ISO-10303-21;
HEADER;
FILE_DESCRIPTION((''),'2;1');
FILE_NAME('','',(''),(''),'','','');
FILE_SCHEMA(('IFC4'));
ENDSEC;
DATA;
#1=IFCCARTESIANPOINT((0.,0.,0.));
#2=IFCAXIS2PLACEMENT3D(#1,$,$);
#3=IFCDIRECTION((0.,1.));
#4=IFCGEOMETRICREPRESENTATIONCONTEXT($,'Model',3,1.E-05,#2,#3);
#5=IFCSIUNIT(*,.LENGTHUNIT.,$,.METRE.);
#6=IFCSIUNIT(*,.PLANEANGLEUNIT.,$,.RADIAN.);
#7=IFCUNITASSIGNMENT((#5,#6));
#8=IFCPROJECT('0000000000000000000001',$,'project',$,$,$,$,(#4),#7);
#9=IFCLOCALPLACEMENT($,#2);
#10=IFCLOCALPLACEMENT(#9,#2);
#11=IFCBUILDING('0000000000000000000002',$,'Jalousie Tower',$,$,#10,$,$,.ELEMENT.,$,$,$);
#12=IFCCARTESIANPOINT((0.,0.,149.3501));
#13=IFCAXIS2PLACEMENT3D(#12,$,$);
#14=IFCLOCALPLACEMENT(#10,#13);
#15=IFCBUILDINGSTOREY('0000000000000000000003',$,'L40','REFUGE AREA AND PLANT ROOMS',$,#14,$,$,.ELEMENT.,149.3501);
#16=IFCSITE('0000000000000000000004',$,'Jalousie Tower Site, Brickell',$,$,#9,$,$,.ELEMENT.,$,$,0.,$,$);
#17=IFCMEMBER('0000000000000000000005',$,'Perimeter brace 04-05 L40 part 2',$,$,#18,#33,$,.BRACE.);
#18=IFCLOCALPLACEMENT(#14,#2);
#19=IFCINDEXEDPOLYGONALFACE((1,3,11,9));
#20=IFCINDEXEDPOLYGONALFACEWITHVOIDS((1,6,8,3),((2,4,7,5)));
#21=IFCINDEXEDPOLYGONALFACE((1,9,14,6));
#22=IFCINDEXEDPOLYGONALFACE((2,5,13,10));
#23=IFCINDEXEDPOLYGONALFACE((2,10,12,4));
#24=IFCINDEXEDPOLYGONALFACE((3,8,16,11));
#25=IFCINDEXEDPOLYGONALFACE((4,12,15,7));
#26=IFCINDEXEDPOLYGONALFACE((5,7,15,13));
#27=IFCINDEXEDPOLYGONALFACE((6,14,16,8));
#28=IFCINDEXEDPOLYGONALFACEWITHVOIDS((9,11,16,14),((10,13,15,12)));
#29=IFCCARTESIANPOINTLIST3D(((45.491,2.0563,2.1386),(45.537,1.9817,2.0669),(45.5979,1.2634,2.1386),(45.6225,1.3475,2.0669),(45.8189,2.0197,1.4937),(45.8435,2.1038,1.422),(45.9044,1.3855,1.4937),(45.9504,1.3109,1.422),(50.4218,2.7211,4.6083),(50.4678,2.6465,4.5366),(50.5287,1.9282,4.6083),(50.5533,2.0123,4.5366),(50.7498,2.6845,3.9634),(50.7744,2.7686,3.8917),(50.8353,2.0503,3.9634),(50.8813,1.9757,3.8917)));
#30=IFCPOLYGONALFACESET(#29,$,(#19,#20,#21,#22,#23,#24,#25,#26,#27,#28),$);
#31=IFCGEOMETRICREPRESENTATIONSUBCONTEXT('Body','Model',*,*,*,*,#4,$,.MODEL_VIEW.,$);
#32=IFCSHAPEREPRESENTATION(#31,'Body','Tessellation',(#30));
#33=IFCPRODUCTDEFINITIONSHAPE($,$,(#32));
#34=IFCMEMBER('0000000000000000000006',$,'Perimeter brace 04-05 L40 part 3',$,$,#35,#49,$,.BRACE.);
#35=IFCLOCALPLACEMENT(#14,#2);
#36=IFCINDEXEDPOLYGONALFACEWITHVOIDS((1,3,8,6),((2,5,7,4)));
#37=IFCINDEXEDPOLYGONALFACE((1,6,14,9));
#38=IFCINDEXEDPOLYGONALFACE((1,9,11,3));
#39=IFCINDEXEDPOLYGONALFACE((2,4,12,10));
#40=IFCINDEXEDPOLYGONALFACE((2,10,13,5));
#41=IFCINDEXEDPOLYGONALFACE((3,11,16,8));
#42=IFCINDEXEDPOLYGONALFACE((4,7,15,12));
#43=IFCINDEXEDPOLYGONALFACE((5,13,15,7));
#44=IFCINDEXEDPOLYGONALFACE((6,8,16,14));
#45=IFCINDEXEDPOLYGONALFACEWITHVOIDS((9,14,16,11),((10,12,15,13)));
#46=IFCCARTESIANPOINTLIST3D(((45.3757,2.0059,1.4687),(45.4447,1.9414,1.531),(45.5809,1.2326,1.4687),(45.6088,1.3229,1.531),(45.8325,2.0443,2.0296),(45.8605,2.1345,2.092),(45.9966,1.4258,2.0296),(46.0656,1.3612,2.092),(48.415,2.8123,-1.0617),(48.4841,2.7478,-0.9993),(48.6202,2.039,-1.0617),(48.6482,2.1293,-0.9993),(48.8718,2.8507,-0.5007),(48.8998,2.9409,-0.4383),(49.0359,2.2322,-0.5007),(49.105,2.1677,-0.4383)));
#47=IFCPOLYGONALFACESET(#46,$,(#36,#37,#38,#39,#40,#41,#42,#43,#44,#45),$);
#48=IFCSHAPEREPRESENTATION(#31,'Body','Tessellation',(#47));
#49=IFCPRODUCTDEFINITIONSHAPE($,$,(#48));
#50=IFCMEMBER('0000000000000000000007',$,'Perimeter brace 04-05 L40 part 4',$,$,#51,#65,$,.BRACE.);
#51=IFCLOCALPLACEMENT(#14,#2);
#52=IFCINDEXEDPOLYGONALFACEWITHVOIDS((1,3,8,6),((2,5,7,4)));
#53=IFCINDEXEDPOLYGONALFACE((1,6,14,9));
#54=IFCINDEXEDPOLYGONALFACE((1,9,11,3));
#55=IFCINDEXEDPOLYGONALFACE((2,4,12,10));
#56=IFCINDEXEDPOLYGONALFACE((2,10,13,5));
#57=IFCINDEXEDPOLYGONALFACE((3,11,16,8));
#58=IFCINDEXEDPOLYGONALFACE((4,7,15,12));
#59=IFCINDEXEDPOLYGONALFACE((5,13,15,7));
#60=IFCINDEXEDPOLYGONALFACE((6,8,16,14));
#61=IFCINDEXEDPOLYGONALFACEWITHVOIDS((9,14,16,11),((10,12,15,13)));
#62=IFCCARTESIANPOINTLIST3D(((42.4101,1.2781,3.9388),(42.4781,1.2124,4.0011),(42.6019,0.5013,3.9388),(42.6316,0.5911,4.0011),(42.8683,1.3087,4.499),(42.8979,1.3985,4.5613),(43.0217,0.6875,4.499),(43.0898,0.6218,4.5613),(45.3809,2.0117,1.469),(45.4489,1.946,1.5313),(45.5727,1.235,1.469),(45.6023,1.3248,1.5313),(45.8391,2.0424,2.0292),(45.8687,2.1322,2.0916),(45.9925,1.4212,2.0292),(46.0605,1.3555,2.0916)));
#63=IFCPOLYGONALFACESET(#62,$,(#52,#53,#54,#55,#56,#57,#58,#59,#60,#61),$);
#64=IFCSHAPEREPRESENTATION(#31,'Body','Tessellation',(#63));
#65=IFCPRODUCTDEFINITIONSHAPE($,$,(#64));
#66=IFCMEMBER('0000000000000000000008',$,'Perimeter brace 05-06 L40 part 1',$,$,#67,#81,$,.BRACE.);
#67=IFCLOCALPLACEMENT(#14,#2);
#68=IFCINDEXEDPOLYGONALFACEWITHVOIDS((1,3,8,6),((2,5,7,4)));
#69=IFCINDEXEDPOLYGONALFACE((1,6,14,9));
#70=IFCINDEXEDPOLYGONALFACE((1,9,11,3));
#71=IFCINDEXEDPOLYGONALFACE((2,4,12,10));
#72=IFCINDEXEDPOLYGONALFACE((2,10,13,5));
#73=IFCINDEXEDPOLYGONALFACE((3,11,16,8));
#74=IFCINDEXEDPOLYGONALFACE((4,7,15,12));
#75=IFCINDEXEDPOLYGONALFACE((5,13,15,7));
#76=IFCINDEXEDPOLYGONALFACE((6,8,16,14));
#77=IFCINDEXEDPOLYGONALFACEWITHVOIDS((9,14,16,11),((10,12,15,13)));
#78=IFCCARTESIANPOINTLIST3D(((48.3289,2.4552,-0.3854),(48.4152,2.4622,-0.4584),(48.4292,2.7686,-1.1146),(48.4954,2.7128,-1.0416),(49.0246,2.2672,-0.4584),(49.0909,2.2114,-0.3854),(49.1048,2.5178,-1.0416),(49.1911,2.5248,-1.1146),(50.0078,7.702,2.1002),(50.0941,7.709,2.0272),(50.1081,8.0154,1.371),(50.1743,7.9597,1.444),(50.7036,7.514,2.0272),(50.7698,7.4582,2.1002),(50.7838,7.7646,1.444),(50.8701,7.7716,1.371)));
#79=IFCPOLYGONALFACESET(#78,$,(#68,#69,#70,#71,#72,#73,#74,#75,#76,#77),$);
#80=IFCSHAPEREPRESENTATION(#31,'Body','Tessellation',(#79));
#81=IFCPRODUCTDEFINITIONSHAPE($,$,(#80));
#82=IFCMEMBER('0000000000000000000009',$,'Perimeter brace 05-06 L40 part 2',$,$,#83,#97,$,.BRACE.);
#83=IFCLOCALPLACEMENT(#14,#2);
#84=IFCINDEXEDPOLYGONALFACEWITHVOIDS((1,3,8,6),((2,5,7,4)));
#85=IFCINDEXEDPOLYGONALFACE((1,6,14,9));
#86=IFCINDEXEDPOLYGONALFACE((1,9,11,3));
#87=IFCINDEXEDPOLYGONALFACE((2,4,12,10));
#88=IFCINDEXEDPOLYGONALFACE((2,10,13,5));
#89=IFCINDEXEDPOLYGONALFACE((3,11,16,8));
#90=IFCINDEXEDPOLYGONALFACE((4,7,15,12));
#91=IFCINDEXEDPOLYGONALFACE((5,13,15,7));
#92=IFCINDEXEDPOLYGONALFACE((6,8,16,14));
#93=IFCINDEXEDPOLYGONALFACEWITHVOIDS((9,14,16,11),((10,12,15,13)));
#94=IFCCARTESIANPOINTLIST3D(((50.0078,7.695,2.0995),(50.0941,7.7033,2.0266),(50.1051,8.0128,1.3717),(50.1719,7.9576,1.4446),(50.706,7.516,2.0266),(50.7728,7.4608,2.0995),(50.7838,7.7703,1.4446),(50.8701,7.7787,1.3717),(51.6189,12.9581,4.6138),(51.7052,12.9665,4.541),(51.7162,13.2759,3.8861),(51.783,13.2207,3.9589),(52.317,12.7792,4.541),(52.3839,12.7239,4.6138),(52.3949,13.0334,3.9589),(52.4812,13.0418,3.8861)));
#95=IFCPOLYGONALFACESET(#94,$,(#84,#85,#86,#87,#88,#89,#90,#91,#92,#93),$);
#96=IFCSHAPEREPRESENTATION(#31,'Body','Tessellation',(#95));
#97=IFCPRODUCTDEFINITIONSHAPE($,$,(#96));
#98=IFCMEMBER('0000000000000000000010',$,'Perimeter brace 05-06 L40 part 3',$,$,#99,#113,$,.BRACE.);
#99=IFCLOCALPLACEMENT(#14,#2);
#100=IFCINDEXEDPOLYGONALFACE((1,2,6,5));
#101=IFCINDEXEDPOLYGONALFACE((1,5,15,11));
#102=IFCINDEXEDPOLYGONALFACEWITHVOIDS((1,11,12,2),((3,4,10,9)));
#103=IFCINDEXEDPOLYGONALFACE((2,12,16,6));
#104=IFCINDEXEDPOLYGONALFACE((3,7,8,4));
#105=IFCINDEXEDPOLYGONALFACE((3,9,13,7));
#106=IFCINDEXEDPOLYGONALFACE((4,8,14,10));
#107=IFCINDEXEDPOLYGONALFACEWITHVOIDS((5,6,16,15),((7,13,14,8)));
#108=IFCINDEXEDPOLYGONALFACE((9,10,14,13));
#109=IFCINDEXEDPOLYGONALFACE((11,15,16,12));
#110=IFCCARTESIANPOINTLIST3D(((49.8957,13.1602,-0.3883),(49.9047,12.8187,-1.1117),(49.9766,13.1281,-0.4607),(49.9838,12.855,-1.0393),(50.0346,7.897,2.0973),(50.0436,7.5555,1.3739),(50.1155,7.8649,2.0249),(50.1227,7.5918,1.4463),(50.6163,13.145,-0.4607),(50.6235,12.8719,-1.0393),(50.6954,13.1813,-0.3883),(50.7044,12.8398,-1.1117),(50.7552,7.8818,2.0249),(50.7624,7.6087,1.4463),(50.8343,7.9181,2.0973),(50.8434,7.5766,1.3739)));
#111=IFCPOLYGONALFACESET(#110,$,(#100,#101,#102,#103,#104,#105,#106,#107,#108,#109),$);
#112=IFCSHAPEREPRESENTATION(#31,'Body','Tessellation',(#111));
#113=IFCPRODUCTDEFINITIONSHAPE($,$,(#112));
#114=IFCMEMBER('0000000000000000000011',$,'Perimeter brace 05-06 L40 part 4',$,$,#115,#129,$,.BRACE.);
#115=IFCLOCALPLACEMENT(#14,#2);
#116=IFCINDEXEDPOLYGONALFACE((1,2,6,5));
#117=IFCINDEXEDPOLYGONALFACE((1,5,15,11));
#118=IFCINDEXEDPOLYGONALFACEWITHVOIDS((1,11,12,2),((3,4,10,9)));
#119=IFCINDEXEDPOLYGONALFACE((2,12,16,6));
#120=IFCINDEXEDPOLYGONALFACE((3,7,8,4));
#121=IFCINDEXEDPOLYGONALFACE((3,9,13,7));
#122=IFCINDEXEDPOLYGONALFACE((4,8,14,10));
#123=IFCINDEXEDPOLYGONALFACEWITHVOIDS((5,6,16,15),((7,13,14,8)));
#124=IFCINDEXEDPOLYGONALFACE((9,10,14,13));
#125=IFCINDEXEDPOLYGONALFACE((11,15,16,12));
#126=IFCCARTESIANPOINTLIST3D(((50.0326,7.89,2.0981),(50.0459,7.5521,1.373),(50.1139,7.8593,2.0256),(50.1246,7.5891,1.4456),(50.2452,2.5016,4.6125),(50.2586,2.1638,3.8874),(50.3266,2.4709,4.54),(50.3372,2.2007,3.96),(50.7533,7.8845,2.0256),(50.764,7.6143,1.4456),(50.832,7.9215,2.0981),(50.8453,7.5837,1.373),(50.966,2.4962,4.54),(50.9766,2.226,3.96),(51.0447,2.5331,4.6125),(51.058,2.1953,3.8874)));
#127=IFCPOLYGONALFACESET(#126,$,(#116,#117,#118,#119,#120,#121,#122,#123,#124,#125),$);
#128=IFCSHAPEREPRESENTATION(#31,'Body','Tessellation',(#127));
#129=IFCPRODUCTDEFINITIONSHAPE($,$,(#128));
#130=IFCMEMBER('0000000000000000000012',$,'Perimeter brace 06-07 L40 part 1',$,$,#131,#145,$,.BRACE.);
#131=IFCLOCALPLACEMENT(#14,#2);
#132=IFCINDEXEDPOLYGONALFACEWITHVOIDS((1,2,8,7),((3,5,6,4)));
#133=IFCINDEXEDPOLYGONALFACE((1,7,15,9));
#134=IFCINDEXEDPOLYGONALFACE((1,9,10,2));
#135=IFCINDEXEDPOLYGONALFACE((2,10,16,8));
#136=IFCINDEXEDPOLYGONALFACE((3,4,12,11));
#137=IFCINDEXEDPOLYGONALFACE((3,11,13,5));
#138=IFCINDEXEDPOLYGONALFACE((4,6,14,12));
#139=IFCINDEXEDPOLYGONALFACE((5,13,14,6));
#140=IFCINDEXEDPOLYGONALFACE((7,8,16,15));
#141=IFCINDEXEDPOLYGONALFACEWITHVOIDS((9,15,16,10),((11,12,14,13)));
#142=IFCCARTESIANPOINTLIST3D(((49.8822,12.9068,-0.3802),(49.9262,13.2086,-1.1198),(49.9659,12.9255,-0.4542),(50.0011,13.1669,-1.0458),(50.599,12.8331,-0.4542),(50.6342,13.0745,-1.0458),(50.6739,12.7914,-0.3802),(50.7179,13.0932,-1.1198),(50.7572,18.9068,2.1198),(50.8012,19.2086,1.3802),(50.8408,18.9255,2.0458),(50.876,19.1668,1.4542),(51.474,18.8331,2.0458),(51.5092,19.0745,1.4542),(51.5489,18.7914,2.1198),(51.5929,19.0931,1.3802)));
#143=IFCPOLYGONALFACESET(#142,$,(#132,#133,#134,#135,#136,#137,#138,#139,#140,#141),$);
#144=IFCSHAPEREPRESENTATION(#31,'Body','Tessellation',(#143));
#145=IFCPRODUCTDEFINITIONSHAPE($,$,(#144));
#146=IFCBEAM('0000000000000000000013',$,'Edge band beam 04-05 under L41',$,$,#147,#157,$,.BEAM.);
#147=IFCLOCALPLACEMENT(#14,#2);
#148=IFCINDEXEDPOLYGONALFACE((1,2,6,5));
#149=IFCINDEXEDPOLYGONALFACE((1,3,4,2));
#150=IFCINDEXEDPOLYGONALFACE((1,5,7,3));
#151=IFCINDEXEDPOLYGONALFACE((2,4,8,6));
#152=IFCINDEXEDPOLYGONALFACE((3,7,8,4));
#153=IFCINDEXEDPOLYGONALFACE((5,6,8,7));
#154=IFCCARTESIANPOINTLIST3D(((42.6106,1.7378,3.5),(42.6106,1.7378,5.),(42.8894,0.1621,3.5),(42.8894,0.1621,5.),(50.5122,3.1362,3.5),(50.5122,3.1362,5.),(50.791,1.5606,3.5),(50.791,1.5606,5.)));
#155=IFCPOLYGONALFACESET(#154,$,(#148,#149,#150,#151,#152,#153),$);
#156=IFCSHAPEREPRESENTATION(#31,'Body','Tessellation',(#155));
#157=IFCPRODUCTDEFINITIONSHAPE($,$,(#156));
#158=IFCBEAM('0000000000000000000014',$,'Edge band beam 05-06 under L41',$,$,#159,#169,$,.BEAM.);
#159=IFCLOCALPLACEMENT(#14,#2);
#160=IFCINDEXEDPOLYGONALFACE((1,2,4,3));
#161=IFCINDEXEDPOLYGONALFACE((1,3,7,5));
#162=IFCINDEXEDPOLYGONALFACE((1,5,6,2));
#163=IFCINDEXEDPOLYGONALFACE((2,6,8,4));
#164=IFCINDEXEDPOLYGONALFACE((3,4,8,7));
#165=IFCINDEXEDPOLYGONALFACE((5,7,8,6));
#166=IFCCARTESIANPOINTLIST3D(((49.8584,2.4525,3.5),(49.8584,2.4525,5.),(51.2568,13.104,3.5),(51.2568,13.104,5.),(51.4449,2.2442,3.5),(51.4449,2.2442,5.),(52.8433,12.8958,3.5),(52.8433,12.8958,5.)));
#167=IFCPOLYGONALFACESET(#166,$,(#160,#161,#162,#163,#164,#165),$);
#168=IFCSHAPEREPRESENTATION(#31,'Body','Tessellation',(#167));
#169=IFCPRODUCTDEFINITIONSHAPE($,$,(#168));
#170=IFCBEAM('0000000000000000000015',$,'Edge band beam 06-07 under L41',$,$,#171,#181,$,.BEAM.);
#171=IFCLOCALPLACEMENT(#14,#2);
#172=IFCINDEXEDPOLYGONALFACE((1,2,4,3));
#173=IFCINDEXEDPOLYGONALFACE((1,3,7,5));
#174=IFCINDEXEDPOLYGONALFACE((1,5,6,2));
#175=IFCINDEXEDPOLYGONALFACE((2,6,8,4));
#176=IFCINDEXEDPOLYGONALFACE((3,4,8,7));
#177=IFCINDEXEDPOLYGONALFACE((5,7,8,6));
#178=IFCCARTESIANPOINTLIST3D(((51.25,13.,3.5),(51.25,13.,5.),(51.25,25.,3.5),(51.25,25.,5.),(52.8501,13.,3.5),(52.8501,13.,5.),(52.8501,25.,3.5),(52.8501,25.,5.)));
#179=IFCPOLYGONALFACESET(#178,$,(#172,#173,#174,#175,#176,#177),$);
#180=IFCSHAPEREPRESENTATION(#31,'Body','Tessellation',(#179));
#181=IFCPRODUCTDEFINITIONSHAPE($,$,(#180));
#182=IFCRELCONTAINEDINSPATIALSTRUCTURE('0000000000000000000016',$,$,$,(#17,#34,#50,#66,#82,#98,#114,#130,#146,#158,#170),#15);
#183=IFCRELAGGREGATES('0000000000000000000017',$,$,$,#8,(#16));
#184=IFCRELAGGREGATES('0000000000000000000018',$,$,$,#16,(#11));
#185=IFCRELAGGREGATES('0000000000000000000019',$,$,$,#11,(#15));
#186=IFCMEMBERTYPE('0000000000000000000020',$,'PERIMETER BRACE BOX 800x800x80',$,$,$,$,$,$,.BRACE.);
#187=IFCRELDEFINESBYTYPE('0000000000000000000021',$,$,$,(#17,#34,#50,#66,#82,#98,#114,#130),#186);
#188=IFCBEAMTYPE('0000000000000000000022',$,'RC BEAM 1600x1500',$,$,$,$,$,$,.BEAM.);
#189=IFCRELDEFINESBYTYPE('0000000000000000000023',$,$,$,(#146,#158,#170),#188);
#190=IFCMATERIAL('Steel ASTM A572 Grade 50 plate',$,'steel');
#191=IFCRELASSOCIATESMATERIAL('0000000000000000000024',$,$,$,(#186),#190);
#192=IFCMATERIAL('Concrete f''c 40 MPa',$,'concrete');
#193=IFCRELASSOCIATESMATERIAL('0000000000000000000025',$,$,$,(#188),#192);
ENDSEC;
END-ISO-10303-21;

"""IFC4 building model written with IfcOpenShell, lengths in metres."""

from ifc_helpers import new_model, si_unit, direction, frame, origin, origin_2d, place, context, subcontext, project, spatial, rectangle, hollow_rectangle, extrude, material, material_profile, profile_set, type_object, element, save


model = new_model("IFC4")

# Units and contexts
model_context = context("Model", 3, precision=1e-05, world=origin(), true_north=direction((0.0, 1.0)))
body_context = subcontext(model_context, "Body", "Model", "MODEL_VIEW")
ifc_project = project(units=[si_unit("LENGTHUNIT", "METRE"), si_unit("PLANEANGLEUNIT", "RADIAN")], contexts=[model_context])

# Site, building, storey
site_placement = place(None, origin())
site = spatial("IfcSite", under=ifc_project, at=site_placement, Name="Jalousie Tower Site, Brickell", CompositionType="ELEMENT", RefElevation=0.0)
building_placement = place(site_placement, origin())
building = spatial("IfcBuilding", under=site, at=building_placement, Name="Jalousie Tower", CompositionType="ELEMENT")
storey_placement = place(building_placement, frame((0.0, 0.0, 149.3501)))
storey = spatial("IfcBuildingStorey", under=building, at=storey_placement, Name="L40", Description="REFUGE AREA AND PLANT ROOMS", CompositionType="ELEMENT", Elevation=149.3501)

# Members
ifc_material_1 = material(Name="Steel ASTM A572 Grade 50 plate", Category="steel")
ifc_material_profile_1 = material_profile(ifc_material_1, hollow_rectangle(XDim=0.8, YDim=0.8, WallThickness=0.0801, at=origin_2d()), Name="BOX 800x800x80")
ifc_profile_set_1 = profile_set([ifc_material_profile_1], Name="Steel ASTM A572 Grade 50 plate")
member_type_1 = type_object("IfcMemberType", Name="PERIMETER BRACE BOX 800x800x80", PredefinedType="BRACE", material=ifc_profile_set_1)
member_1_placement = place(storey_placement, frame((45.7207, 1.6836, 1.7803), z_axis=(0.887691, 0.11968, 0.444614), x_axis=(-0.133613, 0.991034, 0.0)))
element("IfcMember", 1, at=member_1_placement, inside=storey, type_object=member_type_1, Name="Perimeter brace 04-05 L40 part 2", PredefinedType="BRACE", context=body_context, shape_type="SweptSolid", body=[
    extrude(hollow_rectangle(XDim=0.8, YDim=0.8, WallThickness=0.0801, at=origin_2d()), origin(), (0.0, 0.0, 1.0), 5.5547),
])
member_2_placement = place(storey_placement, frame((48.76, 2.49, -0.75), z_axis=(-0.753034, -0.199797, 0.626914), x_axis=(0.25645, -0.966558, 0.0)))
element("IfcMember", 2, at=member_2_placement, inside=storey, type_object=member_type_1, Name="Perimeter brace 04-05 L40 part 3", PredefinedType="BRACE", context=body_context, shape_type="SweptSolid", body=[
    extrude(hollow_rectangle(XDim=0.8, YDim=0.8, WallThickness=0.0801, at=origin_2d()), origin(), (0.0, 0.0, 1.0), 4.0361),
])
member_3_placement = place(storey_placement, frame((45.7207, 1.6836, 1.7803), z_axis=(-0.755465, -0.186569, 0.628064), x_axis=(0.239756, -0.970833, 0.0)))
element("IfcMember", 3, at=member_3_placement, inside=storey, type_object=member_type_1, Name="Perimeter brace 04-05 L40 part 4", PredefinedType="BRACE", context=body_context, shape_type="SweptSolid", body=[
    extrude(hollow_rectangle(XDim=0.8, YDim=0.8, WallThickness=0.0801, at=origin_2d()), origin(), (0.0, 0.0, 1.0), 3.9324),
])
member_4_placement = place(storey_placement, frame((48.76, 2.49, -0.75), z_axis=(0.277803, 0.868149, 0.411271), x_axis=(-0.952426, 0.304771, 0.0)))
element("IfcMember", 4, at=member_4_placement, inside=storey, type_object=member_type_1, Name="Perimeter brace 05-06 L40 part 1", PredefinedType="BRACE", context=body_context, shape_type="SweptSolid", body=[
    extrude(hollow_rectangle(XDim=0.8, YDim=0.8, WallThickness=0.0801, at=origin_2d()), origin(), (0.0, 0.0, 1.0), 6.0437),
])
member_5_placement = place(storey_placement, frame((50.439, 7.7368, 1.7356), z_axis=(0.266235, 0.869753, 0.415511), x_axis=(-0.956205, 0.292699, 0.0)))
element("IfcMember", 5, at=member_5_placement, inside=storey, type_object=member_type_1, Name="Perimeter brace 05-06 L40 part 2", PredefinedType="BRACE", context=body_context, shape_type="SweptSolid", body=[
    extrude(hollow_rectangle(XDim=0.8, YDim=0.8, WallThickness=0.0801, at=origin_2d()), origin(), (0.0, 0.0, 1.0), 6.0513),
])
member_6_placement = place(storey_placement, frame((50.3, 13.0, -0.75), z_axis=(0.02386, -0.903978, 0.426913), x_axis=(0.999652, 0.026385, 0.0)))
element("IfcMember", 6, at=member_6_placement, inside=storey, type_object=member_type_1, Name="Perimeter brace 05-06 L40 part 3", PredefinedType="BRACE", context=body_context, shape_type="SweptSolid", body=[
    extrude(hollow_rectangle(XDim=0.8, YDim=0.8, WallThickness=0.0801, at=origin_2d()), origin(), (0.0, 0.0, 1.0), 5.8223),
])
member_7_placement = place(storey_placement, frame((50.439, 7.7368, 1.7356), z_axis=(0.035739, -0.905617, 0.422588), x_axis=(0.999222, 0.039433, 0.0)))
element("IfcMember", 7, at=member_7_placement, inside=storey, type_object=member_type_1, Name="Perimeter brace 05-06 L40 part 4", PredefinedType="BRACE", context=body_context, shape_type="SweptSolid", body=[
    extrude(hollow_rectangle(XDim=0.8, YDim=0.8, WallThickness=0.0801, at=origin_2d()), origin(), (0.0, 0.0, 1.0), 5.95),
])
member_8_placement = place(storey_placement, frame((50.3, 13.0, -0.75), z_axis=(0.133412, 0.914825, 0.381177), x_axis=(-0.989533, 0.144307, 0.0)))
element("IfcMember", 8, at=member_8_placement, inside=storey, type_object=member_type_1, Name="Perimeter brace 06-07 L40 part 1", PredefinedType="BRACE", context=body_context, shape_type="SweptSolid", body=[
    extrude(hollow_rectangle(XDim=0.8, YDim=0.8, WallThickness=0.0801, at=origin_2d()), origin(), (0.0, 0.0, 1.0), 6.5586),
])

# Beams
ifc_material_2 = material(Name="Concrete f'c 40 MPa", Category="concrete")
ifc_material_profile_2 = material_profile(ifc_material_2, rectangle(XDim=1.6001, YDim=1.5, at=origin_2d()), Name="RC 1600x1500")
ifc_profile_set_2 = profile_set([ifc_material_profile_2], Name="Concrete f'c 40 MPa")
beam_type_1 = type_object("IfcBeamType", Name="RC BEAM 1600x1500", PredefinedType="BEAM", material=ifc_profile_set_2)
beam_1_placement = place(storey_placement, frame((42.75, 0.95, 4.25), z_axis=(0.984697, 0.174273, 0.0), x_axis=(-0.174273, 0.984697, 0.0)))
element("IfcBeam", 9, at=beam_1_placement, inside=storey, type_object=beam_type_1, Name="Edge band beam 04-05 under L41", PredefinedType="BEAM", context=body_context, shape_type="SweptSolid", body=[
    extrude(rectangle(XDim=1.6001, YDim=1.5, at=origin_2d()), origin(), (0.0, 0.0, 1.0), 8.0244),
])
beam_2_placement = place(storey_placement, frame((50.6516, 2.3484, 4.25), z_axis=(0.130172, 0.991491, 0.0), x_axis=(-0.991491, 0.130172, 0.0)))
element("IfcBeam", 10, at=beam_2_placement, inside=storey, type_object=beam_type_1, Name="Edge band beam 05-06 under L41", PredefinedType="BEAM", context=body_context, shape_type="SweptSolid", body=[
    extrude(rectangle(XDim=1.6001, YDim=1.5, at=origin_2d()), origin(), (0.0, 0.0, 1.0), 10.7429),
])
beam_3_placement = place(storey_placement, frame((52.05, 13.0, 4.25), z_axis=(0.0, 1.0, 0.0), x_axis=(-1.0, 0.0, 0.0)))
element("IfcBeam", 11, at=beam_3_placement, inside=storey, type_object=beam_type_1, Name="Edge band beam 06-07 under L41", PredefinedType="BEAM", context=body_context, shape_type="SweptSolid", body=[
    extrude(rectangle(XDim=1.6001, YDim=1.5, at=origin_2d()), origin(), (0.0, 0.0, 1.0), 12.0),
])

save(model, "model.ifc")
